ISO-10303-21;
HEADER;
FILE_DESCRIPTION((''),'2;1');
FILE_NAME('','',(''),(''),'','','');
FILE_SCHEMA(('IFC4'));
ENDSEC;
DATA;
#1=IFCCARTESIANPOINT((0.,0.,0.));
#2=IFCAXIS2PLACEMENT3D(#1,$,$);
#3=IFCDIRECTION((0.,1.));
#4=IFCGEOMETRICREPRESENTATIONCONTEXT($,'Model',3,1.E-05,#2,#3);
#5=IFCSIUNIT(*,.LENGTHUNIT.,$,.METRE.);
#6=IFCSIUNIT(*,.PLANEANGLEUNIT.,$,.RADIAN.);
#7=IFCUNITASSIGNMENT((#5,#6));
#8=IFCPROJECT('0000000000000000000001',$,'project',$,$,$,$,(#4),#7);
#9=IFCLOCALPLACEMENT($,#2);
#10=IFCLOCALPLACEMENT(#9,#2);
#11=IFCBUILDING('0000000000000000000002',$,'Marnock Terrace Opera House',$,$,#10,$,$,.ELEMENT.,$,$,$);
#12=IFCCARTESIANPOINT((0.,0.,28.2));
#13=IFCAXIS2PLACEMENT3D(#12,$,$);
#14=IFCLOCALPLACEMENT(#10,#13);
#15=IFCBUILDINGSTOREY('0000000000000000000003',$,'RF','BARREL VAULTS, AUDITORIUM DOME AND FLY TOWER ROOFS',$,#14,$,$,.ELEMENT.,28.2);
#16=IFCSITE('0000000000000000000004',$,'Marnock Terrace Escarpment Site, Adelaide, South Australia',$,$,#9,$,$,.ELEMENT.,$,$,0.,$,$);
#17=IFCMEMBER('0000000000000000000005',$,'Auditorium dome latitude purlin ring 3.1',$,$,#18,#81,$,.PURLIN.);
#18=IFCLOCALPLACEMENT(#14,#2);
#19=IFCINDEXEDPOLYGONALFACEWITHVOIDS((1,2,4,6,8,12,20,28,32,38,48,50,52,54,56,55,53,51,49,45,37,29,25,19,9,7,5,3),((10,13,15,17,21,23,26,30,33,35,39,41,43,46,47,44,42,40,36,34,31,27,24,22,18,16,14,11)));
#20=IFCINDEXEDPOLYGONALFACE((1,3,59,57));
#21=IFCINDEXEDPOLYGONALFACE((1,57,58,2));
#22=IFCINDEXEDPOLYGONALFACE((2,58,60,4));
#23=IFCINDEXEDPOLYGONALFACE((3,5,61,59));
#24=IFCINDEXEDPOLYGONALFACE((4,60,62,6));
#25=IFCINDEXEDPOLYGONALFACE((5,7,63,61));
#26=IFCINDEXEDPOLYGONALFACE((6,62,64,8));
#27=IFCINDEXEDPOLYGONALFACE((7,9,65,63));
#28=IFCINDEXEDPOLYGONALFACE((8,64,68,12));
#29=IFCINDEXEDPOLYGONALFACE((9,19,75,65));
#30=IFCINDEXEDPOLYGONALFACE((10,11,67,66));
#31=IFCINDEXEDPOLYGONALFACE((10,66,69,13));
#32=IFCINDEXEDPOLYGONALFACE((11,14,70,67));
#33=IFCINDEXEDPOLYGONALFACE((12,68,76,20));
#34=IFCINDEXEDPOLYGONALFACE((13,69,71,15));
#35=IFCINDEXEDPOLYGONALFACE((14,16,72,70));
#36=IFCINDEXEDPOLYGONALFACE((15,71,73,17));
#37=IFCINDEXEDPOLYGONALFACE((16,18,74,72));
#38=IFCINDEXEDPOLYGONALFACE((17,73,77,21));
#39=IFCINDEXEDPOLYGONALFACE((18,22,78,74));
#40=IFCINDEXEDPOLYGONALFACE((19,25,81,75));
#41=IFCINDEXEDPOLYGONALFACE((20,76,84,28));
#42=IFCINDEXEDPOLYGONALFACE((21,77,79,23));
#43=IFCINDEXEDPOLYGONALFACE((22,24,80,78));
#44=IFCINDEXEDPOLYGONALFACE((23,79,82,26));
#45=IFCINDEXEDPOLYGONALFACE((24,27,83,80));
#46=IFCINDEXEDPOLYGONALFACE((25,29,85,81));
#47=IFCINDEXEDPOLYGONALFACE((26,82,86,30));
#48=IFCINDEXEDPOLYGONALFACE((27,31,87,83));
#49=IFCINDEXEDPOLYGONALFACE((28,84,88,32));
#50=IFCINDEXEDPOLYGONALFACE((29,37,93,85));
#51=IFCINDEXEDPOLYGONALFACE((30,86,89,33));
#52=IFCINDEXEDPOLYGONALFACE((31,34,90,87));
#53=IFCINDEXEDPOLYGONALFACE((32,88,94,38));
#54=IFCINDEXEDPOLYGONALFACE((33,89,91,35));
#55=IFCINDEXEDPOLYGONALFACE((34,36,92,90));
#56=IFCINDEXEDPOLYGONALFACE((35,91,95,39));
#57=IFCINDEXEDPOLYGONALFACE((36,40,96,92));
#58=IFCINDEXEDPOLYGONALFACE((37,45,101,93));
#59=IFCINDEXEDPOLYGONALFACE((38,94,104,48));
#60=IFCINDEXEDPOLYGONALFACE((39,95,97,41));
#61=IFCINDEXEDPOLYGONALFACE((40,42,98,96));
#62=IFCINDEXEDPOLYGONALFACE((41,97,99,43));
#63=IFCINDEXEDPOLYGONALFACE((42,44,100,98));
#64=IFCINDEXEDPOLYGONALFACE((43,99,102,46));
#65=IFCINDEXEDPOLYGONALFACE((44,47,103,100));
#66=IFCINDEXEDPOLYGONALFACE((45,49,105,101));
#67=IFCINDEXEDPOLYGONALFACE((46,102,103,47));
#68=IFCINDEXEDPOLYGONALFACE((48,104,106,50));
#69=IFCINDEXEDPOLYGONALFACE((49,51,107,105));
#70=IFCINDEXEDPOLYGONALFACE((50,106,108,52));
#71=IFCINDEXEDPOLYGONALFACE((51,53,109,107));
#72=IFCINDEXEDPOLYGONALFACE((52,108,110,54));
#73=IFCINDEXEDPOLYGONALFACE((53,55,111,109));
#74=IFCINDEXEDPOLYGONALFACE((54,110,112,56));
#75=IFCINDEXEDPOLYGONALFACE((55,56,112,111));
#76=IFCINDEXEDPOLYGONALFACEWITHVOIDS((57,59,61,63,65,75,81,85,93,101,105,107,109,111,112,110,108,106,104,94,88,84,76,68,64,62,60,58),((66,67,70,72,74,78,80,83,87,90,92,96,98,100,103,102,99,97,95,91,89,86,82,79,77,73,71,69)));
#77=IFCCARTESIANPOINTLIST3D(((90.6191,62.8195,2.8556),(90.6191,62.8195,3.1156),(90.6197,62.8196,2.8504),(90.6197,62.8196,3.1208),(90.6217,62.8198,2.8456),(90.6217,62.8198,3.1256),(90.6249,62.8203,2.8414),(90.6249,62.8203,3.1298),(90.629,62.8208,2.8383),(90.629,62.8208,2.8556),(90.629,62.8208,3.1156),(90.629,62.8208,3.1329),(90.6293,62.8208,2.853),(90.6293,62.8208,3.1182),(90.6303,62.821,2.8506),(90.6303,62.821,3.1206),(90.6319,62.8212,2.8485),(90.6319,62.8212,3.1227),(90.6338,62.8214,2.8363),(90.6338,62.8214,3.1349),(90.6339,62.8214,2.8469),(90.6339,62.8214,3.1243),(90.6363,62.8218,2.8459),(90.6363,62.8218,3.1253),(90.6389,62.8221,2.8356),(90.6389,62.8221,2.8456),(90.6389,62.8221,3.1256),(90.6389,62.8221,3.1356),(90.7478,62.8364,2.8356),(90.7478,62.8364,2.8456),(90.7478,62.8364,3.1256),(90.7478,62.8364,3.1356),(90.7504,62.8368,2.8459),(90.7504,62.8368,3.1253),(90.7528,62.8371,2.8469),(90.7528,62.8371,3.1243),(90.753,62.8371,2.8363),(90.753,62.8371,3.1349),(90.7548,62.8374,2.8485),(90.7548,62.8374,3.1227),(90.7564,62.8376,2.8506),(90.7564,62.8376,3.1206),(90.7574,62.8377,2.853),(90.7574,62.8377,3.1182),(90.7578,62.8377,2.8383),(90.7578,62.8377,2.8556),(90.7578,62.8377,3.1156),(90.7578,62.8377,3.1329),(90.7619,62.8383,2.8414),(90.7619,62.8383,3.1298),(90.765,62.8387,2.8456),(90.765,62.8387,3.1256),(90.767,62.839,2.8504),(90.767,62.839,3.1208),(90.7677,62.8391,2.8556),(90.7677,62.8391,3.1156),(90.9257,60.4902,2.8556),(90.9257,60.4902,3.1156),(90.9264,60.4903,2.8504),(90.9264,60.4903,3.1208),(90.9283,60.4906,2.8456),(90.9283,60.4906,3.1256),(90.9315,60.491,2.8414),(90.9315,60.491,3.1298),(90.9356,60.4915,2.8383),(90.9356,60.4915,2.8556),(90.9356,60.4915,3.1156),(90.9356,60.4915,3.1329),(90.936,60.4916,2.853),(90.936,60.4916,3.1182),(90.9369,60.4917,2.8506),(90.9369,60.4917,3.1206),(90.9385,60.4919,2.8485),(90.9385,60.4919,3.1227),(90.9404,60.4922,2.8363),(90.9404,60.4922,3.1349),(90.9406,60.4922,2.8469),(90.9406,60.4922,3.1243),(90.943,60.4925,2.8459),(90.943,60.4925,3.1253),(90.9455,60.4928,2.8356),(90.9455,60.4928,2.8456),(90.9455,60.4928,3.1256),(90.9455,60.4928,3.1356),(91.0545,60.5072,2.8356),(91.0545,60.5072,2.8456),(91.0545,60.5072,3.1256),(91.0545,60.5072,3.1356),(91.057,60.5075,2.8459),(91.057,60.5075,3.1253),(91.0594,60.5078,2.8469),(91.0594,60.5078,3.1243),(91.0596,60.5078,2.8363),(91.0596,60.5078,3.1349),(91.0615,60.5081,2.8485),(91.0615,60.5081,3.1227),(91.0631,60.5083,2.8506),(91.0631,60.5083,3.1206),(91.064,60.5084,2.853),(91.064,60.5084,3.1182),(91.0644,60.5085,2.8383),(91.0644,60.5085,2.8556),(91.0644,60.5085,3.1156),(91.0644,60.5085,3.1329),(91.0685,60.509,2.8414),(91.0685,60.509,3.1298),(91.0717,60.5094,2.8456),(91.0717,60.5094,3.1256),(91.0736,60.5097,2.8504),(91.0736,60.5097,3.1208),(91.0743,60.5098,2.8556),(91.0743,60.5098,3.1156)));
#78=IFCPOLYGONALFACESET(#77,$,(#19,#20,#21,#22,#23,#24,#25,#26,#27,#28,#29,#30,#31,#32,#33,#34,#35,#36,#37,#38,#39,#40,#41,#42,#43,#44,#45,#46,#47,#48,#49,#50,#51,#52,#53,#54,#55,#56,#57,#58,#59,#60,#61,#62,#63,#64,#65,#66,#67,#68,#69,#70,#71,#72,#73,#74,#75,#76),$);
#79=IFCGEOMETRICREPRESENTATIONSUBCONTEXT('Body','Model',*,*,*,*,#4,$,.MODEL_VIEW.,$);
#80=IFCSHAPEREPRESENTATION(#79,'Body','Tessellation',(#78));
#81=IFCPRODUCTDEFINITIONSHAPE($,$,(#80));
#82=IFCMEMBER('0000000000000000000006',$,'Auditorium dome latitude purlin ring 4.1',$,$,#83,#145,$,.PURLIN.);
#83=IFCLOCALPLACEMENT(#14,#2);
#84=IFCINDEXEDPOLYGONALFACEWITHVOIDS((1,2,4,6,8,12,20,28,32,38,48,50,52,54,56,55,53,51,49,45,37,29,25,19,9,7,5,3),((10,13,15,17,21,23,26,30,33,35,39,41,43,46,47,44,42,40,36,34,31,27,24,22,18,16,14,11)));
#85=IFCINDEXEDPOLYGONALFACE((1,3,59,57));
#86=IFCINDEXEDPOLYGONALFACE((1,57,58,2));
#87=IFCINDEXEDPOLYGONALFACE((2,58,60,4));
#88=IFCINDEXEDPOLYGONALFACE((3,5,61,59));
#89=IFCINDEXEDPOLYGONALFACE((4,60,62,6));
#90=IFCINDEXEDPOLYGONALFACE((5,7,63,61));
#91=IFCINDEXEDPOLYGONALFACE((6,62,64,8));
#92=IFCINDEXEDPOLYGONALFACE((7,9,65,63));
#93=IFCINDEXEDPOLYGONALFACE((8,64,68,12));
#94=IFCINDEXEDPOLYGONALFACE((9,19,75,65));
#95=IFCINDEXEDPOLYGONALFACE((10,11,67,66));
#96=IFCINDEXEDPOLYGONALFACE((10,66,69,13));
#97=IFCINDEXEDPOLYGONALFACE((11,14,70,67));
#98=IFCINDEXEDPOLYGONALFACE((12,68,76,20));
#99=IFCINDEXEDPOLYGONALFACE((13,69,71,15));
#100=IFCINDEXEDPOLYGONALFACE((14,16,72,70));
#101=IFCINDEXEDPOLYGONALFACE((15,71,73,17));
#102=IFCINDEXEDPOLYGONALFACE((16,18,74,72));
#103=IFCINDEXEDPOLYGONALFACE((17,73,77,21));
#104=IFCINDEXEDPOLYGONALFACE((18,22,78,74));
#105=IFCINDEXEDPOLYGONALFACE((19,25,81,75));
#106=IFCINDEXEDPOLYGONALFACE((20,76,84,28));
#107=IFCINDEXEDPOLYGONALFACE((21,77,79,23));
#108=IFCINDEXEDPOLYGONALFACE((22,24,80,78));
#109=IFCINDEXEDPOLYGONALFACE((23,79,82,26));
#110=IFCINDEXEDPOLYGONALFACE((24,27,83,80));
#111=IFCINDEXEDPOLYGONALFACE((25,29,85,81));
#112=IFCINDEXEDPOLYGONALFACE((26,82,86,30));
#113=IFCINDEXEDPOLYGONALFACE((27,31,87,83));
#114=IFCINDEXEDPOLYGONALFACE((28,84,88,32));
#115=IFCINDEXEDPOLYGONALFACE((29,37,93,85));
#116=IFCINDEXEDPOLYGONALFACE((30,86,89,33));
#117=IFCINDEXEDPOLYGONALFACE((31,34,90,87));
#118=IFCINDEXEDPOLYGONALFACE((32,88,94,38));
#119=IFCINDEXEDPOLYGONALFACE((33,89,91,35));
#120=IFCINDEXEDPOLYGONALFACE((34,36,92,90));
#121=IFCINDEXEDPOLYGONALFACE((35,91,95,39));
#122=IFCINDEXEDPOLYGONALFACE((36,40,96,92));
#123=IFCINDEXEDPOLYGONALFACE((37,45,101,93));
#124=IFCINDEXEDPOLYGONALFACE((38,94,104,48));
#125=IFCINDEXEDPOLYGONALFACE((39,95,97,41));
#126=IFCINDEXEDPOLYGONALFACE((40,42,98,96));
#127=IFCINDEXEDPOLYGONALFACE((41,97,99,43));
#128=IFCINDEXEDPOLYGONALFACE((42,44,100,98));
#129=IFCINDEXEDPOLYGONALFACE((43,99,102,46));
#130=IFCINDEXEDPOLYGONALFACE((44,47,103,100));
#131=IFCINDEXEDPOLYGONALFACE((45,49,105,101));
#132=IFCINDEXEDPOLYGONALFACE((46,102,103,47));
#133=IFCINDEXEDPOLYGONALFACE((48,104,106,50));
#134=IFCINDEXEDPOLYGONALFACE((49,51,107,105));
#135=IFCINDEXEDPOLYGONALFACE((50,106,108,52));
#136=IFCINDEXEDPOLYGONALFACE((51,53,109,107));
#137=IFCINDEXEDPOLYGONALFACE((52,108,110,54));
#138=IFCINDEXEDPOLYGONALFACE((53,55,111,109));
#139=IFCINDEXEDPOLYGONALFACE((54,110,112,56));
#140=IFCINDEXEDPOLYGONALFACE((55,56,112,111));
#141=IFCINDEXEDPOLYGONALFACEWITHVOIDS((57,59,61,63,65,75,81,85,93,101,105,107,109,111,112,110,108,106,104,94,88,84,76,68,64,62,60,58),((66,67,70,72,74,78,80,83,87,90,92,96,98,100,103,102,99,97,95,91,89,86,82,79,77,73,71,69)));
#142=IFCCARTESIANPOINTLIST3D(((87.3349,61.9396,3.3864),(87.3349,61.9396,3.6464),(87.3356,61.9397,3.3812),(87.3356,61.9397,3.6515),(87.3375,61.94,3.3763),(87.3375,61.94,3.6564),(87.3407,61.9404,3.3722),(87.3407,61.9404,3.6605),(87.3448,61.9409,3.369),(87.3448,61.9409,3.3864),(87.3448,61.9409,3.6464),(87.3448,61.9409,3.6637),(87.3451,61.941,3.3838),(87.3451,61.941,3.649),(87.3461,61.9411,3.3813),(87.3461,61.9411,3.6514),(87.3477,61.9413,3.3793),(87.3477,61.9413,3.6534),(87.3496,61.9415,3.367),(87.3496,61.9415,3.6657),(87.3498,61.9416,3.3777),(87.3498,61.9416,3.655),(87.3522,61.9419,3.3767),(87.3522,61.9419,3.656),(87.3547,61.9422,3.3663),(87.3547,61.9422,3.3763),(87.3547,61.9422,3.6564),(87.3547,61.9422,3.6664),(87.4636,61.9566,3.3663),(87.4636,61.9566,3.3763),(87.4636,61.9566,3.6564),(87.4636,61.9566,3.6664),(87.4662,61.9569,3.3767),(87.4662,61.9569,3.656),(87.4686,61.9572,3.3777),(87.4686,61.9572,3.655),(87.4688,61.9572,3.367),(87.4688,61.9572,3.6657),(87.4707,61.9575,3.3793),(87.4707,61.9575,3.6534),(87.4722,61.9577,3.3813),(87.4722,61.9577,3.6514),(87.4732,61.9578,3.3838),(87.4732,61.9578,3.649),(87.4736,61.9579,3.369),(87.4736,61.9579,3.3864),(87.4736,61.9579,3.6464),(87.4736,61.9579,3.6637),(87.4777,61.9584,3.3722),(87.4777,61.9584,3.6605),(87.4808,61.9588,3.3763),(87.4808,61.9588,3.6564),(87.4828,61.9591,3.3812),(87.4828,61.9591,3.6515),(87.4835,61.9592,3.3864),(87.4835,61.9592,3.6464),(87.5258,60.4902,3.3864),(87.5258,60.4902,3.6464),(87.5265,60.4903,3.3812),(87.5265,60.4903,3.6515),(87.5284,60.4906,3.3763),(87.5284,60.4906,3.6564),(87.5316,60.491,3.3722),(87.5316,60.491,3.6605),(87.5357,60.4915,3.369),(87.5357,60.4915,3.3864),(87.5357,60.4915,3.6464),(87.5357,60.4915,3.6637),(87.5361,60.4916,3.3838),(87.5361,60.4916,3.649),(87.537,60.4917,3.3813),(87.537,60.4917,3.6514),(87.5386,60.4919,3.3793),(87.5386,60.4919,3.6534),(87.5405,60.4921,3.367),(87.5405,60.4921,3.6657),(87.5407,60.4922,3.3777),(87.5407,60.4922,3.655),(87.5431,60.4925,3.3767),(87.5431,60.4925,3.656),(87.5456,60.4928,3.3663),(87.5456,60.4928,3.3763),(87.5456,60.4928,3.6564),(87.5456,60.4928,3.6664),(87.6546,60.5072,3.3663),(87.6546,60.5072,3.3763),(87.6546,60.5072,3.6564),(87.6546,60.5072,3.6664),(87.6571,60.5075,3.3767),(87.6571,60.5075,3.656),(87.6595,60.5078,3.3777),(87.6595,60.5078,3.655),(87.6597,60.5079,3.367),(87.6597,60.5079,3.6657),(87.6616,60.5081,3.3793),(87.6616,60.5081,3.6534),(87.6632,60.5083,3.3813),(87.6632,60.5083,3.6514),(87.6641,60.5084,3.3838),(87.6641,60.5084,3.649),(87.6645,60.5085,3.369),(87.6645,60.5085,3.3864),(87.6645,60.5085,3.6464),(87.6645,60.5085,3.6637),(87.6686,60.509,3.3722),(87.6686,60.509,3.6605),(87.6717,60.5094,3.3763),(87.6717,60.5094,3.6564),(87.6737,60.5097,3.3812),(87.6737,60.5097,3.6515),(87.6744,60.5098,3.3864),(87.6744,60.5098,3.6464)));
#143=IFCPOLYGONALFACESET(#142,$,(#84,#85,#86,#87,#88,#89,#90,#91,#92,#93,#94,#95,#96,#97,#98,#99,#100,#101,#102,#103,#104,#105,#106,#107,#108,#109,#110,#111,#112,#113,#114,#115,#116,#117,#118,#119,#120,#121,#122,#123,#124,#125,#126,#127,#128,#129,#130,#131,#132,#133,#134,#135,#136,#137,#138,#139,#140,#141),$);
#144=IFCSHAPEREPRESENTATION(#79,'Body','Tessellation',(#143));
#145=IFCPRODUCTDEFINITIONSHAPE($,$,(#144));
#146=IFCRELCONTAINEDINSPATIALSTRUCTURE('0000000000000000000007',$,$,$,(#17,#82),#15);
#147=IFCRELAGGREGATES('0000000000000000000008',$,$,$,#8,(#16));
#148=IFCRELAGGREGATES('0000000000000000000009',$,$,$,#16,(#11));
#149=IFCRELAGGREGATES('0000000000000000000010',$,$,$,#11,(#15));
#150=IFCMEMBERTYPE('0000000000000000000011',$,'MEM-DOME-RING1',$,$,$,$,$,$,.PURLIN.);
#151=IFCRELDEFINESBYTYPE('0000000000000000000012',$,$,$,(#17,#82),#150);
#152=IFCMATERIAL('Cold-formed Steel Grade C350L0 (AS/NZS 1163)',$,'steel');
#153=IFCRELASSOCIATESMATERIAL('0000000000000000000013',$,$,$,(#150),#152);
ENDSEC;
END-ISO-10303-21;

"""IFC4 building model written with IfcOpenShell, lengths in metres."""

from ifc_helpers import new_model, si_unit, direction, frame, origin, origin_2d, place, context, subcontext, project, spatial, hollow_rectangle, extrude, material, material_profile, profile_set, type_object, element, save


model = new_model("IFC4")

# Units and contexts
model_context = context("Model", 3, precision=1e-05, world=origin(), true_north=direction((0.0, 1.0)))
body_context = subcontext(model_context, "Body", "Model", "MODEL_VIEW")
ifc_project = project(units=[si_unit("LENGTHUNIT", "METRE"), si_unit("PLANEANGLEUNIT", "RADIAN")], contexts=[model_context])

# Site, building, storey
site_placement = place(None, origin())
site = spatial("IfcSite", under=ifc_project, at=site_placement, Name="Marnock Terrace Escarpment Site, Adelaide, South Australia", CompositionType="ELEMENT", RefElevation=0.0)
building_placement = place(site_placement, origin())
building = spatial("IfcBuilding", under=site, at=building_placement, Name="Marnock Terrace Opera House", CompositionType="ELEMENT")
storey_placement = place(building_placement, frame((0.0, 0.0, 28.2)))
storey = spatial("IfcBuildingStorey", under=building, at=storey_placement, Name="RF", Description="BARREL VAULTS, AUDITORIUM DOME AND FLY TOWER ROOFS", CompositionType="ELEMENT", Elevation=28.2)

# Members
ifc_material_1 = material(Name="Cold-formed Steel Grade C350L0 (AS/NZS 1163)", Category="steel")
ifc_material_profile_1 = material_profile(ifc_material_1, hollow_rectangle(XDim=0.1499, YDim=0.3, WallThickness=0.01, InnerFilletRadius=0.01, OuterFilletRadius=0.02, at=origin_2d()))
ifc_profile_set_1 = profile_set([ifc_material_profile_1], Name="Cold-formed Steel Grade C350L0 (AS/NZS 1163)")
member_type_1 = type_object("IfcMemberType", Name="MEM-DOME-RING1", PredefinedType="PURLIN", material=ifc_profile_set_1)
member_1_placement = place(storey_placement, frame((91.0, 60.5, 2.9856), z_axis=(-0.130516, 0.991446, 0.0), x_axis=(-0.991446, -0.130516, 0.0)))
element("IfcMember", 1, at=member_1_placement, inside=storey, type_object=member_type_1, Name="Auditorium dome latitude purlin ring 3.1", PredefinedType="PURLIN", context=body_context, shape_type="SweptSolid", body=[
    extrude(hollow_rectangle(XDim=0.1499, YDim=0.3, WallThickness=0.01, InnerFilletRadius=0.01, OuterFilletRadius=0.02, at=origin_2d()), origin(), (0.0, 0.0, 1.0), 2.3494),
])
member_2_placement = place(storey_placement, frame((87.6001, 60.5, 3.5164), z_axis=(-0.130588, 0.991437, 0.0), x_axis=(-0.991437, -0.130588, 0.0)))
element("IfcMember", 2, at=member_2_placement, inside=storey, type_object=member_type_1, Name="Auditorium dome latitude purlin ring 4.1", PredefinedType="PURLIN", context=body_context, shape_type="SweptSolid", body=[
    extrude(hollow_rectangle(XDim=0.1499, YDim=0.3, WallThickness=0.01, InnerFilletRadius=0.01, OuterFilletRadius=0.02, at=origin_2d()), origin(), (0.0, 0.0, 1.0), 1.4619),
])

save(model, "model.ifc")
